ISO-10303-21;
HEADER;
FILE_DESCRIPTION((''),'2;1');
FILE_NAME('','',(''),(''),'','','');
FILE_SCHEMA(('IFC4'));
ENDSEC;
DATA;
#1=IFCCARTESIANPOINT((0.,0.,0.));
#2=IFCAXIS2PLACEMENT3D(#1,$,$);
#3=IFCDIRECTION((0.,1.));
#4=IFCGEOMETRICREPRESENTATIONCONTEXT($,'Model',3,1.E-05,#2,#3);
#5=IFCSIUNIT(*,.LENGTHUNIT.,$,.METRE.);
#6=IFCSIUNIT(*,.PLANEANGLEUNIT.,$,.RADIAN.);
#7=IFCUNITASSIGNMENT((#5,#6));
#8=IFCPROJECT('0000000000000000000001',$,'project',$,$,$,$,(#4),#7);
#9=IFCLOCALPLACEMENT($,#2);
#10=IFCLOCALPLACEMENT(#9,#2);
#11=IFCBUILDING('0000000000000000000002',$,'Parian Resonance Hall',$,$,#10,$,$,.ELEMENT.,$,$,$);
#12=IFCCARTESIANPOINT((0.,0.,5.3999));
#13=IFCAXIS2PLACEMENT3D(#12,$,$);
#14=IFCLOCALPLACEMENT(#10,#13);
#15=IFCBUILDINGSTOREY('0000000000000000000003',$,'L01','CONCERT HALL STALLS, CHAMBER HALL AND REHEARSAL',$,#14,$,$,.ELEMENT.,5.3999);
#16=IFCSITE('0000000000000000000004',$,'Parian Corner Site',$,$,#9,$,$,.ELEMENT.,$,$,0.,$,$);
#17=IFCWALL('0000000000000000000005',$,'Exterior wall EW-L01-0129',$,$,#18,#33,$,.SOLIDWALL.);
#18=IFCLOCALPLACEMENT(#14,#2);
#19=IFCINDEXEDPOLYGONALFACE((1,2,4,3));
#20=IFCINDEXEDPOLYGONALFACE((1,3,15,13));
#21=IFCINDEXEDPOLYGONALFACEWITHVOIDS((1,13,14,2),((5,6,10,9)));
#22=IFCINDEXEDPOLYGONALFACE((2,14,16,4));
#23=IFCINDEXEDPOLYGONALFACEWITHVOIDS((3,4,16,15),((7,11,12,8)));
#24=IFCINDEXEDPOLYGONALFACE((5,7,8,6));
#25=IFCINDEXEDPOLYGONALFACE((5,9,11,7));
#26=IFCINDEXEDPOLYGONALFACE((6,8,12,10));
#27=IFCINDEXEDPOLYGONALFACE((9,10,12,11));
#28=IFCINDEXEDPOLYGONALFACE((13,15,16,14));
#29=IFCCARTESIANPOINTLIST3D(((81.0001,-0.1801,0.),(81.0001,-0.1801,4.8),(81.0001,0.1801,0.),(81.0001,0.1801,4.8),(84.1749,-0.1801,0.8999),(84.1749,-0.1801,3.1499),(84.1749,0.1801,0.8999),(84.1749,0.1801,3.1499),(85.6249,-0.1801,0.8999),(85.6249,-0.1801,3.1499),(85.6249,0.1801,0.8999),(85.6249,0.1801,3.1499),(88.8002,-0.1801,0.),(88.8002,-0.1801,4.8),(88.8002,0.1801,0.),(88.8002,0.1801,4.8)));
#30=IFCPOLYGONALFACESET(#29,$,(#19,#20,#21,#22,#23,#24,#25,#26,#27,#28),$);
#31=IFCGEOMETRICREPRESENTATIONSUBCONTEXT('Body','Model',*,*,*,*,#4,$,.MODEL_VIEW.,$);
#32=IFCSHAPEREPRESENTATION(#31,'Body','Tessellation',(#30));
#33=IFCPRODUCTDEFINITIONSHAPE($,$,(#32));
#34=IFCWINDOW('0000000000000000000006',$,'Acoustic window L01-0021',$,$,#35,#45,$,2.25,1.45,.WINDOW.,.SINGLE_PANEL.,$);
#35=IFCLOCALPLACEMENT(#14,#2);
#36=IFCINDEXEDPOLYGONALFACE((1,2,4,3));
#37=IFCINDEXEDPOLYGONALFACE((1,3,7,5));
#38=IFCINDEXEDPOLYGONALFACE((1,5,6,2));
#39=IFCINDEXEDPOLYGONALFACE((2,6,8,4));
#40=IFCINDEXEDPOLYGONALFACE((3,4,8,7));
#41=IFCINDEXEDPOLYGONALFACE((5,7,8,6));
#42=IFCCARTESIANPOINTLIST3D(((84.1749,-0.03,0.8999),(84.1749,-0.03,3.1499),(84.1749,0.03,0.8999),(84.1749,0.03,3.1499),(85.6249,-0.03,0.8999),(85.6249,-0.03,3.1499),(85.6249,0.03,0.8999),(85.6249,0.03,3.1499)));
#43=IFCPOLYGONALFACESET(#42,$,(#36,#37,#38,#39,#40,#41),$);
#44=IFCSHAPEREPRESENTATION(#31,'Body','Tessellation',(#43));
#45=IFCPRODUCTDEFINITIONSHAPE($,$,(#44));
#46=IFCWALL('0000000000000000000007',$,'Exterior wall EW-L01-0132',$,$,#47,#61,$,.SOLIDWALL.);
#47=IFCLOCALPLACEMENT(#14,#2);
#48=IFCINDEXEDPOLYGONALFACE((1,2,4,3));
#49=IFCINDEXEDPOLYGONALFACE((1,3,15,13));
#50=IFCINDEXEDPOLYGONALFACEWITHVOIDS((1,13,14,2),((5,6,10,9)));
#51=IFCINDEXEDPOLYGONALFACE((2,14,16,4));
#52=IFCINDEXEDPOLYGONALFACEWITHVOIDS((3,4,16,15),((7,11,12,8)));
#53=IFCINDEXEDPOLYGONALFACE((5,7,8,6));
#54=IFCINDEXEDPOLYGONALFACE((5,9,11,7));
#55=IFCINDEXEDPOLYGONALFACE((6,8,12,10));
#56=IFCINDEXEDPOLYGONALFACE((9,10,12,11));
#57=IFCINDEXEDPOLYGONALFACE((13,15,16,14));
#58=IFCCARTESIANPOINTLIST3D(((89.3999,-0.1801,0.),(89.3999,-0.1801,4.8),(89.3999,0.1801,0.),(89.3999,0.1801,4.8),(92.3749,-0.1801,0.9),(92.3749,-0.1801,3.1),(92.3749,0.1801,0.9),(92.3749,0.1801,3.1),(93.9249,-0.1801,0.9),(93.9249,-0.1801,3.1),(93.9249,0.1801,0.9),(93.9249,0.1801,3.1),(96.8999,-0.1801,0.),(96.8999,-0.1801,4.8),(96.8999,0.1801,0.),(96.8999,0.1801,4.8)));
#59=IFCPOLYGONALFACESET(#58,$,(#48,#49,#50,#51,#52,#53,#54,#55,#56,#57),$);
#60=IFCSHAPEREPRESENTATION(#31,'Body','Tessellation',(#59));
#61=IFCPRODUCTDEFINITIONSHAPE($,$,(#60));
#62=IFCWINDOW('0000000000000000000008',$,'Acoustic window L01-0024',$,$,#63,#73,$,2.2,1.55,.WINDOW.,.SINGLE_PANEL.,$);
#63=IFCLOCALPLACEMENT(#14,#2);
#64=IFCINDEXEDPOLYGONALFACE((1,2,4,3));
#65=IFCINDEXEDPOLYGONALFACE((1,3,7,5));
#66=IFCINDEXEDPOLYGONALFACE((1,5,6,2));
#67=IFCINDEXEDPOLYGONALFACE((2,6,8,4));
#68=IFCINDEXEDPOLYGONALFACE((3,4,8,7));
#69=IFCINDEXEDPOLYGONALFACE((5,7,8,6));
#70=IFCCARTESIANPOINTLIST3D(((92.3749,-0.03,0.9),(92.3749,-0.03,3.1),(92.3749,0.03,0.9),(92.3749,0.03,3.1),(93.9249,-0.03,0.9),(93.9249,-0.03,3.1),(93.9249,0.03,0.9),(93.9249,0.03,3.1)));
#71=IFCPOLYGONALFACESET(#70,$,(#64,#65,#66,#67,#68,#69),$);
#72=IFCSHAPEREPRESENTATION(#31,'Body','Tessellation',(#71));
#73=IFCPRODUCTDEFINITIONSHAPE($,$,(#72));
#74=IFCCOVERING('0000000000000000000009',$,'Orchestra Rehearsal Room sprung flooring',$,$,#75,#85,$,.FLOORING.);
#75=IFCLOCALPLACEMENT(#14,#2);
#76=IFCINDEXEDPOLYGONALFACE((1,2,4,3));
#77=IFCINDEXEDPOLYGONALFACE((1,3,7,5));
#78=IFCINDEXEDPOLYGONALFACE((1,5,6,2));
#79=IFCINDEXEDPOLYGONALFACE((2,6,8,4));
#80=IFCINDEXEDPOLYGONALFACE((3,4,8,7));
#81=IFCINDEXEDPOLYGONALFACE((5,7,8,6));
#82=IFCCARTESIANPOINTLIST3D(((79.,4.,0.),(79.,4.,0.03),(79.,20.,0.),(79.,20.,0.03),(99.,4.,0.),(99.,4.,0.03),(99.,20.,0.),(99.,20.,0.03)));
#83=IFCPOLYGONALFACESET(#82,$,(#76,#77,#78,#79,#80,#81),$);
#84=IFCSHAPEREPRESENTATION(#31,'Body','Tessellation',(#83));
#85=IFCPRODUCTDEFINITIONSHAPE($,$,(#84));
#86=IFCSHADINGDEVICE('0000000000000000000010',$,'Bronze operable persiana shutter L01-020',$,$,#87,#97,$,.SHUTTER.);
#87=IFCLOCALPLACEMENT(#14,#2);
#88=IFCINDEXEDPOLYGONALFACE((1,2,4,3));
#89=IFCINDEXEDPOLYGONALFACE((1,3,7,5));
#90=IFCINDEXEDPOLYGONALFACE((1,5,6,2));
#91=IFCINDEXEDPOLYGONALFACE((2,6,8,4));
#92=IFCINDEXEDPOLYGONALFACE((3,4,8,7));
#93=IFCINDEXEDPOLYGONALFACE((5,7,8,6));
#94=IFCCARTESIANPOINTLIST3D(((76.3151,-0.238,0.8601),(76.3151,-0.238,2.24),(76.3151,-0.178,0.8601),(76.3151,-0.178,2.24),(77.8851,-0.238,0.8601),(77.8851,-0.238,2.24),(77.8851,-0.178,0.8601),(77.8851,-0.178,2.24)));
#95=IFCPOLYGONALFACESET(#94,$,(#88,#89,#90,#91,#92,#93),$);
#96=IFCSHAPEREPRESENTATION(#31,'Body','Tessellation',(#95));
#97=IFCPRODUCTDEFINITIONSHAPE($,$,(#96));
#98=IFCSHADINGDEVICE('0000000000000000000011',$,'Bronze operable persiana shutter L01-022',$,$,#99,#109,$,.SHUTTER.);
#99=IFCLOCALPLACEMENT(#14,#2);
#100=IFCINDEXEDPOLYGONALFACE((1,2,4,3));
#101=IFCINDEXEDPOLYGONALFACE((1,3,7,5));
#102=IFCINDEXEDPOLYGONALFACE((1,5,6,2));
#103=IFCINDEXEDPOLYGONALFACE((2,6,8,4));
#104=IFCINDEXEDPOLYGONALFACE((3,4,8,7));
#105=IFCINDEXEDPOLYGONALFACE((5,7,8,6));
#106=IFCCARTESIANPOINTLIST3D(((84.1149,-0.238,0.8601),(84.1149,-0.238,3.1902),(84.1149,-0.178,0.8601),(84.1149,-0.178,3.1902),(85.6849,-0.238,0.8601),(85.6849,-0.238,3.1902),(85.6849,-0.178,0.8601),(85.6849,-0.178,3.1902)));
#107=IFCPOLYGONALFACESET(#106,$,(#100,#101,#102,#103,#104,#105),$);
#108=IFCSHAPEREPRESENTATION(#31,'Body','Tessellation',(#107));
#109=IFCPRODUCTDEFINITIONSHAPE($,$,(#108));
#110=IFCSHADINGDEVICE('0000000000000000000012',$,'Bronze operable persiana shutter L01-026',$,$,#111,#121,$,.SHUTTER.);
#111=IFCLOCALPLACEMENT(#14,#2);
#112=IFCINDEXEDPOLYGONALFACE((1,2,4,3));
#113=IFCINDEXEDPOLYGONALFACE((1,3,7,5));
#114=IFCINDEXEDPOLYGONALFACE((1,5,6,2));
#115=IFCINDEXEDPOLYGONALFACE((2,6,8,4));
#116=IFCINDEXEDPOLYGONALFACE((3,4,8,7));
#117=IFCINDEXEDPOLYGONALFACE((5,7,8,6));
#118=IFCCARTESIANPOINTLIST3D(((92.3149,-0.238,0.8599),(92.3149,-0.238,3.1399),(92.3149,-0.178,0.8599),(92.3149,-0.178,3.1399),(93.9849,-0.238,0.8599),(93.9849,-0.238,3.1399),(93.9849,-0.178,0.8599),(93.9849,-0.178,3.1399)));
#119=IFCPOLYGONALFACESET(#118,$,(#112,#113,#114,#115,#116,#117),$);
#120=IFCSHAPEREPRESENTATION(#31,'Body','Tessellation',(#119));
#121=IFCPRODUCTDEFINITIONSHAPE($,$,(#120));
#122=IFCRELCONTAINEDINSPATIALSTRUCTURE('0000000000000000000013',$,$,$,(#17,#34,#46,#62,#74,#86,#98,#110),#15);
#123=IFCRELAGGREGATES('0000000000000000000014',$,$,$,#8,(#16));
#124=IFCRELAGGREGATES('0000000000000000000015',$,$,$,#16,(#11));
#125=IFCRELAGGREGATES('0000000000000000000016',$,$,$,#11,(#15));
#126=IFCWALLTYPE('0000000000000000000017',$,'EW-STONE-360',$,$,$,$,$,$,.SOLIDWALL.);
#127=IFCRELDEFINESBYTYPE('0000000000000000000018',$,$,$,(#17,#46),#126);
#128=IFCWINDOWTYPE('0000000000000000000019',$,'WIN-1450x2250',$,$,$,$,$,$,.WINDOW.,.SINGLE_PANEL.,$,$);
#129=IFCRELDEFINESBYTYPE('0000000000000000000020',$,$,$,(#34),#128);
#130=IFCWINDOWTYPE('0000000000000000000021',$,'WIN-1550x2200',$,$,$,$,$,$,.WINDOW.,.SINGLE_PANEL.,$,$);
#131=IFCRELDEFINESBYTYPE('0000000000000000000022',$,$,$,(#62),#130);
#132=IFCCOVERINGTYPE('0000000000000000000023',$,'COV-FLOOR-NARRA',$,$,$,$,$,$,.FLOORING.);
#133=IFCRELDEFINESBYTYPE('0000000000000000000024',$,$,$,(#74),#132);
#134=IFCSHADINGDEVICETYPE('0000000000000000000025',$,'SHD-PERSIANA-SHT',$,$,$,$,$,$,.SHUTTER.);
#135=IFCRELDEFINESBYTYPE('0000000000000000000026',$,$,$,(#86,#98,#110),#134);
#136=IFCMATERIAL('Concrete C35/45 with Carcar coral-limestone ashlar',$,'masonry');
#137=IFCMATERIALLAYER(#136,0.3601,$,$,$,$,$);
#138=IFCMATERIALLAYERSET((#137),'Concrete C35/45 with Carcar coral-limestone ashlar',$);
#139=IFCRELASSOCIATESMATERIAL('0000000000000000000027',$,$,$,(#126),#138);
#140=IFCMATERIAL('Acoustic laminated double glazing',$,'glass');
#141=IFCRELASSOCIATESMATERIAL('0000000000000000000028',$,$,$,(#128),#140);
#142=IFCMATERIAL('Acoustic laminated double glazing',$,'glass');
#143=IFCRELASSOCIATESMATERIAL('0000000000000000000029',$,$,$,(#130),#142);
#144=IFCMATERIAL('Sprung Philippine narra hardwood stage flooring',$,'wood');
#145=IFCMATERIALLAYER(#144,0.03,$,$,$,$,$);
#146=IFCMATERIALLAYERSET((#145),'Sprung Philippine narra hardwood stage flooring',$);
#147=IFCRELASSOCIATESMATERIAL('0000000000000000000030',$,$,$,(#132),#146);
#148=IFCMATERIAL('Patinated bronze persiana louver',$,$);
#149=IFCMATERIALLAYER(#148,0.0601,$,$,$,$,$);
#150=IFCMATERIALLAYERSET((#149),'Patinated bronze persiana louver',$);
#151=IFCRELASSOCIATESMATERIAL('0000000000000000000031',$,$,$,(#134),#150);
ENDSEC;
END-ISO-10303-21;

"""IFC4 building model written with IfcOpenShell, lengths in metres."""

from ifc_helpers import new_model, si_unit, direction, frame, frame_2d, origin, origin_2d, place, context, subcontext, project, spatial, rectangle, extrude, material, layer, layer_set, type_object, element, fill, save


model = new_model("IFC4")

# Units and contexts
model_context = context("Model", 3, precision=1e-05, world=origin(), true_north=direction((0.0, 1.0)))
body_context = subcontext(model_context, "Body", "Model", "MODEL_VIEW")
ifc_project = project(units=[si_unit("LENGTHUNIT", "METRE"), si_unit("PLANEANGLEUNIT", "RADIAN")], contexts=[model_context])

# Site, building, storey
site_placement = place(None, origin())
site = spatial("IfcSite", under=ifc_project, at=site_placement, Name="Parian Corner Site", CompositionType="ELEMENT", RefElevation=0.0)
building_placement = place(site_placement, origin())
building = spatial("IfcBuilding", under=site, at=building_placement, Name="Parian Resonance Hall", CompositionType="ELEMENT")
storey_placement = place(building_placement, frame((0.0, 0.0, 5.3999)))
storey = spatial("IfcBuildingStorey", under=building, at=storey_placement, Name="L01", Description="CONCERT HALL STALLS, CHAMBER HALL AND REHEARSAL", CompositionType="ELEMENT", Elevation=5.3999)

# Walls, openings, windows
ifc_material_1 = material(Name="Concrete C35/45 with Carcar coral-limestone ashlar", Category="masonry")
ifc_layer_1 = layer(ifc_material_1, 0.3601)
ifc_layer_set_1 = layer_set([ifc_layer_1], Name="Concrete C35/45 with Carcar coral-limestone ashlar")
wall_type_1 = type_object("IfcWallType", Name="EW-STONE-360", PredefinedType="SOLIDWALL", material=ifc_layer_set_1)
wall_1_placement = place(storey_placement, frame((88.8, 0.0, 0.0), z_axis=(0.0, 0.0, 1.0), x_axis=(-1.0, 0.0, 0.0)))
wall_1 = element("IfcWall", 1, at=wall_1_placement, inside=storey, type_object=wall_type_1, Name="Exterior wall EW-L01-0129", PredefinedType="SOLIDWALL", context=body_context, shape_type="SweptSolid", body=[
    extrude(rectangle(XDim=7.8, YDim=0.3601, at=frame_2d((3.8999, 0.0))), origin(), (0.0, 0.0, 1.0), 4.8),
])
opening_1_placement = place(wall_1_placement, frame((3.175, 0.0, 0.8999)))
opening_1 = element("IfcOpeningElement", 2, at=opening_1_placement, cuts=wall_1, PredefinedType="OPENING", context=body_context, shape_type="SweptSolid", body=[
    extrude(rectangle(XDim=1.45, YDim=2.25, at=frame_2d((0.7251, 1.125))), frame((0.0, 0.1899, 0.0), z_axis=(0.0, -1.0, 0.0), x_axis=(1.0, 0.0, 0.0)), (0.0, 0.0, 1.0), 0.3801),
])
ifc_material_2 = material(Name="Acoustic laminated double glazing", Category="glass")
window_type_1 = type_object("IfcWindowType", Name="WIN-1450x2250", PartitioningType="SINGLE_PANEL", PredefinedType="WINDOW", material=ifc_material_2)
window_1_placement = place(opening_1_placement, origin())
window_1 = element("IfcWindow", 3, at=window_1_placement, inside=storey, type_object=window_type_1, Name="Acoustic window L01-0021", OverallHeight=2.25, OverallWidth=1.45, PartitioningType="SINGLE_PANEL", PredefinedType="WINDOW", context=body_context, shape_type="SweptSolid", body=[
    extrude(rectangle(XDim=1.45, YDim=2.25, at=frame_2d((0.7251, 1.125))), frame((0.0, 0.03, 0.0), z_axis=(0.0, -1.0, 0.0), x_axis=(1.0, 0.0, 0.0)), (0.0, 0.0, 1.0), 0.0601),
])
fill(opening_1, window_1)
wall_2_placement = place(storey_placement, frame((96.8999, 0.0, 0.0), z_axis=(0.0, 0.0, 1.0), x_axis=(-1.0, 0.0, 0.0)))
wall_2 = element("IfcWall", 4, at=wall_2_placement, inside=storey, type_object=wall_type_1, Name="Exterior wall EW-L01-0132", PredefinedType="SOLIDWALL", context=body_context, shape_type="SweptSolid", body=[
    extrude(rectangle(XDim=7.5, YDim=0.3601, at=frame_2d((3.75, 0.0))), origin(), (0.0, 0.0, 1.0), 4.8),
])
opening_2_placement = place(wall_2_placement, frame((2.9751, 0.0, 0.8999)))
opening_2 = element("IfcOpeningElement", 5, at=opening_2_placement, cuts=wall_2, PredefinedType="OPENING", context=body_context, shape_type="SweptSolid", body=[
    extrude(rectangle(XDim=1.55, YDim=2.2, at=frame_2d((0.7749, 1.1001))), frame((0.0, 0.1899, 0.0), z_axis=(0.0, -1.0, 0.0), x_axis=(1.0, 0.0, 0.0)), (0.0, 0.0, 1.0), 0.3801),
])
ifc_material_3 = material(Name="Acoustic laminated double glazing", Category="glass")
window_type_2 = type_object("IfcWindowType", Name="WIN-1550x2200", PartitioningType="SINGLE_PANEL", PredefinedType="WINDOW", material=ifc_material_3)
window_2_placement = place(opening_2_placement, origin())
window_2 = element("IfcWindow", 6, at=window_2_placement, inside=storey, type_object=window_type_2, Name="Acoustic window L01-0024", OverallHeight=2.2, OverallWidth=1.55, PartitioningType="SINGLE_PANEL", PredefinedType="WINDOW", context=body_context, shape_type="SweptSolid", body=[
    extrude(rectangle(XDim=1.55, YDim=2.2, at=frame_2d((0.7749, 1.1001))), frame((0.0, 0.03, 0.0), z_axis=(0.0, -1.0, 0.0), x_axis=(1.0, 0.0, 0.0)), (0.0, 0.0, 1.0), 0.0601),
])
fill(opening_2, window_2)

# Covering
ifc_material_4 = material(Name="Sprung Philippine narra hardwood stage flooring", Category="wood")
ifc_layer_2 = layer(ifc_material_4, 0.03)
ifc_layer_set_2 = layer_set([ifc_layer_2], Name="Sprung Philippine narra hardwood stage flooring")
covering_type = type_object("IfcCoveringType", Name="COV-FLOOR-NARRA", PredefinedType="FLOORING", material=ifc_layer_set_2)
covering_placement = place(storey_placement, frame((89.0, 12.0, 0.0), z_axis=(0.0, 0.0, 1.0), x_axis=(1.0, 0.0, 0.0)))
element("IfcCovering", 7, at=covering_placement, inside=storey, type_object=covering_type, Name="Orchestra Rehearsal Room sprung flooring", PredefinedType="FLOORING", context=body_context, shape_type="SweptSolid", body=[
    extrude(rectangle(XDim=20.0, YDim=16.0, at=origin_2d()), origin(), (0.0, 0.0, 1.0), 0.03),
])

# Shading devices
ifc_material_5 = material(Name="Patinated bronze persiana louver")
ifc_layer_3 = layer(ifc_material_5, 0.0601)
ifc_layer_set_3 = layer_set([ifc_layer_3], Name="Patinated bronze persiana louver")
shading_device_type = type_object("IfcShadingDeviceType", Name="SHD-PERSIANA-SHT", PredefinedType="SHUTTER", material=ifc_layer_set_3)
shading_device_1_placement = place(storey_placement, frame((77.1001, -0.208, 0.8601), z_axis=(0.0, 0.0, 1.0), x_axis=(-1.0, 0.0, 0.0)))
element("IfcShadingDevice", 8, at=shading_device_1_placement, inside=storey, type_object=shading_device_type, Name="Bronze operable persiana shutter L01-020", PredefinedType="SHUTTER", context=body_context, shape_type="SweptSolid", body=[
    extrude(rectangle(XDim=1.5701, YDim=0.0601, at=origin_2d()), origin(), (0.0, 0.0, 1.0), 1.3799),
])
shading_device_2_placement = place(storey_placement, frame((84.8999, -0.208, 0.8601), z_axis=(0.0, 0.0, 1.0), x_axis=(-1.0, 0.0, 0.0)))
element("IfcShadingDevice", 9, at=shading_device_2_placement, inside=storey, type_object=shading_device_type, Name="Bronze operable persiana shutter L01-022", PredefinedType="SHUTTER", context=body_context, shape_type="SweptSolid", body=[
    extrude(rectangle(XDim=1.5701, YDim=0.0601, at=origin_2d()), origin(), (0.0, 0.0, 1.0), 2.3301),
])
shading_device_3_placement = place(storey_placement, frame((93.1499, -0.208, 0.8599), z_axis=(0.0, 0.0, 1.0), x_axis=(-1.0, 0.0, 0.0)))
element("IfcShadingDevice", 10, at=shading_device_3_placement, inside=storey, type_object=shading_device_type, Name="Bronze operable persiana shutter L01-026", PredefinedType="SHUTTER", context=body_context, shape_type="SweptSolid", body=[
    extrude(rectangle(XDim=1.6699, YDim=0.0601, at=origin_2d()), origin(), (0.0, 0.0, 1.0), 2.28),
])

save(model, "model.ifc")
